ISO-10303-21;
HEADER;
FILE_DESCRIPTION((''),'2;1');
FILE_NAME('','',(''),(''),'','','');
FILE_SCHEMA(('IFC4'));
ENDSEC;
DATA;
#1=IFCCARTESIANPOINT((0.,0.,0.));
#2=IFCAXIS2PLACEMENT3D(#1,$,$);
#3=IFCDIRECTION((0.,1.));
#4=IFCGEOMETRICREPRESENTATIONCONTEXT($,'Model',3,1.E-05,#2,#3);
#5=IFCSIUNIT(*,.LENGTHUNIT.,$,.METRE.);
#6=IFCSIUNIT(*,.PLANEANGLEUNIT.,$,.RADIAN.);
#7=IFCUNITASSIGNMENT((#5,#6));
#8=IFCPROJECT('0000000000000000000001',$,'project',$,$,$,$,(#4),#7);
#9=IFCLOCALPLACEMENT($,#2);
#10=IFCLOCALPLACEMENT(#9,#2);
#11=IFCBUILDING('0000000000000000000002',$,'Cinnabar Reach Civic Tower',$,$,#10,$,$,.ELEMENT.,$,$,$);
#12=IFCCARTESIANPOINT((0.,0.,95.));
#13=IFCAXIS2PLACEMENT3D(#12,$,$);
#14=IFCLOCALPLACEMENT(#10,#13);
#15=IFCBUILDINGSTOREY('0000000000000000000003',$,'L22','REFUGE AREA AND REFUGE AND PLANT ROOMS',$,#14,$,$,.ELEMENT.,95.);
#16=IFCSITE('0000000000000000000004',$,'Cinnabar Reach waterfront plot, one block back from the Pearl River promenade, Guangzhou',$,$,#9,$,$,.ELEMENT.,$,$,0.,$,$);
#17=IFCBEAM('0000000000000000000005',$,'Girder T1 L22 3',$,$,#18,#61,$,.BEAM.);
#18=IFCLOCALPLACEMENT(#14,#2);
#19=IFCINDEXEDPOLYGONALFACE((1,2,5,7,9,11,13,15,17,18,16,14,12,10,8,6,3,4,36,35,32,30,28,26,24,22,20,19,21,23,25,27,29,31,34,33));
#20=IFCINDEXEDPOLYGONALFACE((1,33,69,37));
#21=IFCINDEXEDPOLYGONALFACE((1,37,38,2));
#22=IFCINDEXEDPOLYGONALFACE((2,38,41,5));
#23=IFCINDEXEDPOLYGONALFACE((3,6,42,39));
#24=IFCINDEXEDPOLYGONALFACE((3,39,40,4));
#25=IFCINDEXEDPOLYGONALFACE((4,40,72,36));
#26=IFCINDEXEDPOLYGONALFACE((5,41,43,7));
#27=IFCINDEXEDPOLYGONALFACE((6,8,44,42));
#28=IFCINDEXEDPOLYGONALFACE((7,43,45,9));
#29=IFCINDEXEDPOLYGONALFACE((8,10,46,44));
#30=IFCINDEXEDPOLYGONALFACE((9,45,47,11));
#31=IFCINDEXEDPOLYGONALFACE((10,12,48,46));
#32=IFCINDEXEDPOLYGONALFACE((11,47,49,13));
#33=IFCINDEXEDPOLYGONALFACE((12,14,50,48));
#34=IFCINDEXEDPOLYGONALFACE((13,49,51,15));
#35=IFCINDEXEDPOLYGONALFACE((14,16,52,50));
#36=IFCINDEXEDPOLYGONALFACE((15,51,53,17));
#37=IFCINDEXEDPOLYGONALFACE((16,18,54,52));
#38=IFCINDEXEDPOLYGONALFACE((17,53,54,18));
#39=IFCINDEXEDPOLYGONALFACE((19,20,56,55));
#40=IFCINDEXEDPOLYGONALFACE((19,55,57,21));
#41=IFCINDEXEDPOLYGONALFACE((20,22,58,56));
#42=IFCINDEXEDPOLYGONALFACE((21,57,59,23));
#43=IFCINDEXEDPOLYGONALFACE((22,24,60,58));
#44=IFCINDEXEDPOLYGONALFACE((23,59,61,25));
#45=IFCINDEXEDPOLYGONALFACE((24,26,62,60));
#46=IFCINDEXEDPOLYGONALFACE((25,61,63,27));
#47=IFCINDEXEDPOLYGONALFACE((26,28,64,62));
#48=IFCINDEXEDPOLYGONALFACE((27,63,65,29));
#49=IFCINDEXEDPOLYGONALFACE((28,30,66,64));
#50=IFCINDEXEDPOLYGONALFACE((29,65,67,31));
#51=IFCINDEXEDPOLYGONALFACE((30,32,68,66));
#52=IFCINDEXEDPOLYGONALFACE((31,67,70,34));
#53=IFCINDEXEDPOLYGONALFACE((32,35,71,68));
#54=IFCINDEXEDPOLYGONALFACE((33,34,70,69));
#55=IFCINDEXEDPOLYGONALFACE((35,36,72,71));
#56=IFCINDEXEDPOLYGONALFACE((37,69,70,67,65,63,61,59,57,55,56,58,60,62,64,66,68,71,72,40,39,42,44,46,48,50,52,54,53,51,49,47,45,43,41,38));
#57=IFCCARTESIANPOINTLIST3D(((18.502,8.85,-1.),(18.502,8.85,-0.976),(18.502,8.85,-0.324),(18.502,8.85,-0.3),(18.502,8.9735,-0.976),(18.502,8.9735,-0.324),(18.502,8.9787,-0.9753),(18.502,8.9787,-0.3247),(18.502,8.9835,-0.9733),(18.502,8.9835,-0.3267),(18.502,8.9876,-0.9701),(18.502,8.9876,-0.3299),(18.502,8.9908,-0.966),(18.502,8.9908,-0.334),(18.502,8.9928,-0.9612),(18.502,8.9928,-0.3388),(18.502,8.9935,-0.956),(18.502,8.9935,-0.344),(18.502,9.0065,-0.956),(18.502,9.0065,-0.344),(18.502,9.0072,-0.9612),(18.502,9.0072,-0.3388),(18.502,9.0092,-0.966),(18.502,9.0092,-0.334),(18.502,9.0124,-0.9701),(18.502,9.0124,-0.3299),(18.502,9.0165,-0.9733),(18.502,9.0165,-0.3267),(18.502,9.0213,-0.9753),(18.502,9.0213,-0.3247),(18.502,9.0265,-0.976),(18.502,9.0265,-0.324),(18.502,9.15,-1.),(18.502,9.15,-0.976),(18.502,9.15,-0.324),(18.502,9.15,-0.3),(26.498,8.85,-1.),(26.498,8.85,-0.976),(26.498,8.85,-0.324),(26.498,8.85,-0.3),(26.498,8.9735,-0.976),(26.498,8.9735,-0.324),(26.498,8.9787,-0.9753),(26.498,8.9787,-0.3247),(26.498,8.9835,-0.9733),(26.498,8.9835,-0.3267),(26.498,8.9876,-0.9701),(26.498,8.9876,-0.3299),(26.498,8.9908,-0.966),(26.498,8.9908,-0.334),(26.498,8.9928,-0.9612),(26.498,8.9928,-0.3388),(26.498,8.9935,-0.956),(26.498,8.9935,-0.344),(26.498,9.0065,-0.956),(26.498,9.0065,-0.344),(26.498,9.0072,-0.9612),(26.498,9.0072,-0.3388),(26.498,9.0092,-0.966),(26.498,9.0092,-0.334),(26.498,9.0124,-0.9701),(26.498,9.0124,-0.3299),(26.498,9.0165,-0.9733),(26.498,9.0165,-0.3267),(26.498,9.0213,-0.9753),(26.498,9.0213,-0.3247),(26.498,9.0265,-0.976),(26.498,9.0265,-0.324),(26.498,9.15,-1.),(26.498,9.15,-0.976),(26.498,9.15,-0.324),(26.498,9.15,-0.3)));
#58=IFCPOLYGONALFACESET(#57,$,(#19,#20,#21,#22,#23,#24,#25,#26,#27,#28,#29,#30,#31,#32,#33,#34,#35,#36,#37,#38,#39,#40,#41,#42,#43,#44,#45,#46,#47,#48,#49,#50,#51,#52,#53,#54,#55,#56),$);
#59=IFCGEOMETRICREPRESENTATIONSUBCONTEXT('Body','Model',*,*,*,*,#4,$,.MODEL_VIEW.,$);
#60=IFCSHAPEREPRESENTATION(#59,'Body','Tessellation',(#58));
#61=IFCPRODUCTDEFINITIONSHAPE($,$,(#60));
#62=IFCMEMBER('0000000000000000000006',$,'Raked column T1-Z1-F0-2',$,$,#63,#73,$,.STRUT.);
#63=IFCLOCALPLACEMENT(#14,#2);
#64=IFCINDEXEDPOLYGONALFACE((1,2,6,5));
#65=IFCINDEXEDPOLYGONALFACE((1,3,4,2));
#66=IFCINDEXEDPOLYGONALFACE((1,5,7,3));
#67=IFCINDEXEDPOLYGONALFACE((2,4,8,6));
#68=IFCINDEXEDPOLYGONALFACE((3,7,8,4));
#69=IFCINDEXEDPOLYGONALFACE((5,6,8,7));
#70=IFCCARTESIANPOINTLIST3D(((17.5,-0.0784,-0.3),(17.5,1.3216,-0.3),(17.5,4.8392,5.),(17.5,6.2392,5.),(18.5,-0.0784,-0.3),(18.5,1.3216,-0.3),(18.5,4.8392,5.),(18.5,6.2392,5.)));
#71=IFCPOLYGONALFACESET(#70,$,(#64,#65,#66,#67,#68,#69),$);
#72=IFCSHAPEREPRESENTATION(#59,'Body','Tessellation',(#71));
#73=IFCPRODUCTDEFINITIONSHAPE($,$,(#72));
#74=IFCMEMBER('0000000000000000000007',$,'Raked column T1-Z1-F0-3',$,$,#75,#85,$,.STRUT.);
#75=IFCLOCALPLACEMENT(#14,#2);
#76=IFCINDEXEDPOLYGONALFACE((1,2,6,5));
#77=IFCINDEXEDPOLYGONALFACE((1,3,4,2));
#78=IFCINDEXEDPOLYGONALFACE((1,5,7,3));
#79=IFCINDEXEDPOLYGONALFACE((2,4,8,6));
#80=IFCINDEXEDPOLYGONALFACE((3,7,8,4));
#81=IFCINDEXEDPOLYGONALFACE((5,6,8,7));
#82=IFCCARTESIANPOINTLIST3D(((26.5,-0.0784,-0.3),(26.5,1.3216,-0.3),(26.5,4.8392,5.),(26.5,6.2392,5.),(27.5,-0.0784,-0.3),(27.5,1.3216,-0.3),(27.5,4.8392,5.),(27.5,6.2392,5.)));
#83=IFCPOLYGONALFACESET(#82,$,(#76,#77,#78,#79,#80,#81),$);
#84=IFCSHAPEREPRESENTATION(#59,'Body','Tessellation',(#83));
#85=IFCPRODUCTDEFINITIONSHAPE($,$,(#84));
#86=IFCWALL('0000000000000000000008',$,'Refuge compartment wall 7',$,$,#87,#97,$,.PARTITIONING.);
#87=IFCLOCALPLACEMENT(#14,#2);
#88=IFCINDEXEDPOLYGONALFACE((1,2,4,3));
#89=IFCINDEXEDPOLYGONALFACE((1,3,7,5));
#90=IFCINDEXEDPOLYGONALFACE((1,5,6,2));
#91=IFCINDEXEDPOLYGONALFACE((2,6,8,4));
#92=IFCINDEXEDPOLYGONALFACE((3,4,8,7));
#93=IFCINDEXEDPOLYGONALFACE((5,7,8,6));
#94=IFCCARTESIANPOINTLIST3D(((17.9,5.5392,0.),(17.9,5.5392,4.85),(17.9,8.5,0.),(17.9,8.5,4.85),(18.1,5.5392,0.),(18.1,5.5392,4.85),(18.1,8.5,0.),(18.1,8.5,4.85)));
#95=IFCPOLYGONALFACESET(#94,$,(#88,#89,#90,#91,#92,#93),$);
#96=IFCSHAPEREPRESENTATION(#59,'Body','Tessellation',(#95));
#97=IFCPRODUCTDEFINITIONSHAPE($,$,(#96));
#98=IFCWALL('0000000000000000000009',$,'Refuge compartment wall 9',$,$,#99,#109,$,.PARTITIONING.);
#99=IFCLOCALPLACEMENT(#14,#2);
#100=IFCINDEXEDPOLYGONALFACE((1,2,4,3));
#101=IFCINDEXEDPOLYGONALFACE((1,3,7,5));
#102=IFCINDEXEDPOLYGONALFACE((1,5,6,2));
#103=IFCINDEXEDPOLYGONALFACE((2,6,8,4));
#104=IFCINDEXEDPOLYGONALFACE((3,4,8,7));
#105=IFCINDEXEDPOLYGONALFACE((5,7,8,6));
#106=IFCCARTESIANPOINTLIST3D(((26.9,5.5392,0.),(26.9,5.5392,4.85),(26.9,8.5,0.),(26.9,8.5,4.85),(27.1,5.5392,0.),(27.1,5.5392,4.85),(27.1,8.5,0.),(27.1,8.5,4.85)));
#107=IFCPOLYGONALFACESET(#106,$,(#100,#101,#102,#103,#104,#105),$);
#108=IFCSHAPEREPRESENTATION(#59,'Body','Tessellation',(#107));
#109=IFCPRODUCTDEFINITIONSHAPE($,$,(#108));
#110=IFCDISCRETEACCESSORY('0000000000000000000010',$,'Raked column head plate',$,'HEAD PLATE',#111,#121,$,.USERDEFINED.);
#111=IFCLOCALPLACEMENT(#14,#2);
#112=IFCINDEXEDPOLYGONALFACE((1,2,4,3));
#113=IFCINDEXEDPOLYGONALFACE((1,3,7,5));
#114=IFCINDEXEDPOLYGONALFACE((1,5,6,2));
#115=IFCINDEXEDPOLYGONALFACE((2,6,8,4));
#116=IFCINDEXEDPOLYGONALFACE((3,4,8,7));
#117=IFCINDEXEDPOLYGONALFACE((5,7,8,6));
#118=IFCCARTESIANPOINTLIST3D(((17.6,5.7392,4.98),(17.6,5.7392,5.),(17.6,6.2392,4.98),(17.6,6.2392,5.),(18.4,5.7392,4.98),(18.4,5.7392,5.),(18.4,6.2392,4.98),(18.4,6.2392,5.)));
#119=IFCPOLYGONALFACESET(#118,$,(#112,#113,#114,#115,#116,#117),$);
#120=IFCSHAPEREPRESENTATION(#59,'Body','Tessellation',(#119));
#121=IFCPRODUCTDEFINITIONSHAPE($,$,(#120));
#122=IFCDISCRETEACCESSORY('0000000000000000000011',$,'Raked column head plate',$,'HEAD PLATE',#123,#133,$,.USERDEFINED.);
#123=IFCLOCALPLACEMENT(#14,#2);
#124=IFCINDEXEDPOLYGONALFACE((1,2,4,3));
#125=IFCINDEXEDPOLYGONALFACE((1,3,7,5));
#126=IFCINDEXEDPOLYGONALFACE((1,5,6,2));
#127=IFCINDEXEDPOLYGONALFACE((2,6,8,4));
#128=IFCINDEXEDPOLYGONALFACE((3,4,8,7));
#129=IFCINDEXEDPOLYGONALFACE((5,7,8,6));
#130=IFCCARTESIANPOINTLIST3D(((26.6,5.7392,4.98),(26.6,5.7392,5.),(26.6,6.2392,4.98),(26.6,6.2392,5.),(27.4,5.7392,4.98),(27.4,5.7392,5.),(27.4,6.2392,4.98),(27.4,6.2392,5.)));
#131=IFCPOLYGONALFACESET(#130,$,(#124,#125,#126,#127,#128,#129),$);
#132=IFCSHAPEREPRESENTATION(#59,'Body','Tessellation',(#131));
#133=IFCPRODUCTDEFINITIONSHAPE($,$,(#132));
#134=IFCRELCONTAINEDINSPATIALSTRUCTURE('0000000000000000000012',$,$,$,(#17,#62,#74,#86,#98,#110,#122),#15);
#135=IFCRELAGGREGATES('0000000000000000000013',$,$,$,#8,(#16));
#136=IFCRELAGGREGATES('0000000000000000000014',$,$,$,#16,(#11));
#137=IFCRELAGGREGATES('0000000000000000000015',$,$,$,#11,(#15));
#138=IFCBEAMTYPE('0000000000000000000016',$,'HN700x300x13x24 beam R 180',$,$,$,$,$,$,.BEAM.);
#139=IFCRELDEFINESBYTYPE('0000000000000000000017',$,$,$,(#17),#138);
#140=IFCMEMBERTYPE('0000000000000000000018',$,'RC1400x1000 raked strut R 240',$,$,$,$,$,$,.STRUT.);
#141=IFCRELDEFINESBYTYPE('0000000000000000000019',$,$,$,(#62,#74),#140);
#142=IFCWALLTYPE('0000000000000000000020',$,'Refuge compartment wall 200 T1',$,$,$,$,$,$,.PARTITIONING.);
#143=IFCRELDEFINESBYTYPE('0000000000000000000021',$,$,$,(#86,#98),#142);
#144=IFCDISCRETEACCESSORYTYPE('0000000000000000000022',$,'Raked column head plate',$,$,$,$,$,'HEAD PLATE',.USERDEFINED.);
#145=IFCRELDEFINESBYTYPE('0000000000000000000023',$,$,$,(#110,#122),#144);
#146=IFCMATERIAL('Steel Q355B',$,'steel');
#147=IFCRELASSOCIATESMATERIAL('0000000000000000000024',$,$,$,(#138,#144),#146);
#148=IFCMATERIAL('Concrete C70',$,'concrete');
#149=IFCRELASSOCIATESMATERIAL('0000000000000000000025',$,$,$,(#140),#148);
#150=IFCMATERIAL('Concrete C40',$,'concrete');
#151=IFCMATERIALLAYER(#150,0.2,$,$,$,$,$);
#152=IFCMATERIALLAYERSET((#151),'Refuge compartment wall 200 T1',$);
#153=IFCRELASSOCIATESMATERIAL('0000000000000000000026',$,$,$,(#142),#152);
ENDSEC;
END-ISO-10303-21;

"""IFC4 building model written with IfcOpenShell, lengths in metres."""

from ifc_helpers import new_model, si_unit, direction, frame, frame_2d, origin, origin_2d, place, context, subcontext, project, spatial, rectangle, i_section, extrude, material, layer, layer_set, material_profile, profile_set, type_object, element, save


model = new_model("IFC4")

# Units and contexts
model_context = context("Model", 3, precision=1e-05, world=origin(), true_north=direction((0.0, 1.0)))
body_context = subcontext(model_context, "Body", "Model", "MODEL_VIEW")
ifc_project = project(units=[si_unit("LENGTHUNIT", "METRE"), si_unit("PLANEANGLEUNIT", "RADIAN")], contexts=[model_context])

# Site, building, storey
site_placement = place(None, origin())
site = spatial("IfcSite", under=ifc_project, at=site_placement, Name="Cinnabar Reach waterfront plot, one block back from the Pearl River promenade, Guangzhou", CompositionType="ELEMENT", RefElevation=0.0)
building_placement = place(site_placement, origin())
building = spatial("IfcBuilding", under=site, at=building_placement, Name="Cinnabar Reach Civic Tower", CompositionType="ELEMENT")
storey_placement = place(building_placement, frame((0.0, 0.0, 95.0)))
storey = spatial("IfcBuildingStorey", under=building, at=storey_placement, Name="L22", Description="REFUGE AREA AND REFUGE AND PLANT ROOMS", CompositionType="ELEMENT", Elevation=95.0)

# Shared definitions
ifc_material_1 = material(Name="Concrete C70", Category="concrete")

# Beam
ifc_material_2 = material(Name="Steel Q355B", Category="steel")
ifc_material_profile_1 = material_profile(ifc_material_2, i_section(OverallWidth=0.3, OverallDepth=0.7, WebThickness=0.013, FlangeThickness=0.024, FilletRadius=0.02, at=origin_2d()), Name="HN700x300x13x24")
ifc_profile_set_1 = profile_set([ifc_material_profile_1], Name="Steel Q355B")
beam_type_1 = type_object("IfcBeamType", Name="HN700x300x13x24 beam R 180", PredefinedType="BEAM", material=ifc_profile_set_1)
for number, where, z_axis, x_axis, name in (
    (1, (18.502, 9.0, -0.65), (1.0, 0.0, 0.0), (0.0, 1.0, 0.0), "Girder T1 L22 3"),
):
    element("IfcBeam", number, at=place(storey_placement, frame(where, z_axis=z_axis, x_axis=x_axis)), inside=storey, type_object=beam_type_1, Name=name, PredefinedType="BEAM", context=body_context, shape_type="SweptSolid", body=[
        extrude(i_section(OverallWidth=0.3, OverallDepth=0.7, WebThickness=0.013, FlangeThickness=0.024, FilletRadius=0.02, at=origin_2d()), origin(), (0.0, 0.0, 1.0), 7.996),
    ])

# Members
ifc_material_profile_2 = material_profile(ifc_material_1, rectangle(XDim=1.4, YDim=1.0, at=origin_2d()), Name="RC1400x1000")
ifc_profile_set_2 = profile_set([ifc_material_profile_2], Name="Concrete C70")
member_type = type_object("IfcMemberType", Name="RC1400x1000 raked strut R 240", PredefinedType="STRUT", material=ifc_profile_set_2)
for number, where, z_axis, x_axis, name in (
    (2, (18.0, 0.6216, -0.3), (0.0, 0.0, 1.0), (0.0, 1.0, 0.0), "Raked column T1-Z1-F0-2"),
    (3, (27.0, 0.6216, -0.3), (0.0, 0.0, 1.0), (0.0, 1.0, 0.0), "Raked column T1-Z1-F0-3"),
):
    element("IfcMember", number, at=place(storey_placement, frame(where, z_axis=z_axis, x_axis=x_axis)), inside=storey, type_object=member_type, Name=name, PredefinedType="STRUT", context=body_context, shape_type="SweptSolid", body=[
        extrude(rectangle(XDim=1.4, YDim=1.0, at=origin_2d()), origin(), (0.680167, 0.0, 0.733057), 7.23),
    ])

# Walls
ifc_material_3 = material(Name="Concrete C40", Category="concrete")
ifc_layer = layer(ifc_material_3, 0.2)
ifc_layer_set = layer_set([ifc_layer], Name="Refuge compartment wall 200 T1")
wall_type = type_object("IfcWallType", Name="Refuge compartment wall 200 T1", PredefinedType="PARTITIONING", material=ifc_layer_set)
for number, where, z_axis, x_axis, name in (
    (4, (18.0, 5.5392, 0.0), (0.0, 0.0, 1.0), (0.0, 1.0, 0.0), "Refuge compartment wall 7"),
    (5, (27.0, 5.5392, 0.0), (0.0, 0.0, 1.0), (0.0, 1.0, 0.0), "Refuge compartment wall 9"),
):
    element("IfcWall", number, at=place(storey_placement, frame(where, z_axis=z_axis, x_axis=x_axis)), inside=storey, type_object=wall_type, Name=name, PredefinedType="PARTITIONING", context=body_context, shape_type="SweptSolid", body=[
        extrude(rectangle(XDim=2.9608, YDim=0.2, at=frame_2d((1.4804, 0.0))), origin(), (0.0, 0.0, 1.0), 4.85),
    ])

# Discrete accessories
discrete_accessory_type = type_object("IfcDiscreteAccessoryType", Name="Raked column head plate", ElementType="HEAD PLATE", PredefinedType="USERDEFINED", material=ifc_material_2)
for number, where, z_axis, x_axis, name in (
    (6, (18.0, 5.9892, 4.98), (0.0, 0.0, 1.0), (0.0, 1.0, 0.0), "Raked column head plate"),
    (7, (27.0, 5.9892, 4.98), (0.0, 0.0, 1.0), (0.0, 1.0, 0.0), "Raked column head plate"),
):
    element("IfcDiscreteAccessory", number, at=place(storey_placement, frame(where, z_axis=z_axis, x_axis=x_axis)), inside=storey, type_object=discrete_accessory_type, Name=name, ObjectType="HEAD PLATE", PredefinedType="USERDEFINED", context=body_context, shape_type="SweptSolid", body=[
        extrude(rectangle(XDim=0.5, YDim=0.8, at=origin_2d()), origin(), (0.0, 0.0, 1.0), 0.02),
    ])

save(model, "model.ifc")
